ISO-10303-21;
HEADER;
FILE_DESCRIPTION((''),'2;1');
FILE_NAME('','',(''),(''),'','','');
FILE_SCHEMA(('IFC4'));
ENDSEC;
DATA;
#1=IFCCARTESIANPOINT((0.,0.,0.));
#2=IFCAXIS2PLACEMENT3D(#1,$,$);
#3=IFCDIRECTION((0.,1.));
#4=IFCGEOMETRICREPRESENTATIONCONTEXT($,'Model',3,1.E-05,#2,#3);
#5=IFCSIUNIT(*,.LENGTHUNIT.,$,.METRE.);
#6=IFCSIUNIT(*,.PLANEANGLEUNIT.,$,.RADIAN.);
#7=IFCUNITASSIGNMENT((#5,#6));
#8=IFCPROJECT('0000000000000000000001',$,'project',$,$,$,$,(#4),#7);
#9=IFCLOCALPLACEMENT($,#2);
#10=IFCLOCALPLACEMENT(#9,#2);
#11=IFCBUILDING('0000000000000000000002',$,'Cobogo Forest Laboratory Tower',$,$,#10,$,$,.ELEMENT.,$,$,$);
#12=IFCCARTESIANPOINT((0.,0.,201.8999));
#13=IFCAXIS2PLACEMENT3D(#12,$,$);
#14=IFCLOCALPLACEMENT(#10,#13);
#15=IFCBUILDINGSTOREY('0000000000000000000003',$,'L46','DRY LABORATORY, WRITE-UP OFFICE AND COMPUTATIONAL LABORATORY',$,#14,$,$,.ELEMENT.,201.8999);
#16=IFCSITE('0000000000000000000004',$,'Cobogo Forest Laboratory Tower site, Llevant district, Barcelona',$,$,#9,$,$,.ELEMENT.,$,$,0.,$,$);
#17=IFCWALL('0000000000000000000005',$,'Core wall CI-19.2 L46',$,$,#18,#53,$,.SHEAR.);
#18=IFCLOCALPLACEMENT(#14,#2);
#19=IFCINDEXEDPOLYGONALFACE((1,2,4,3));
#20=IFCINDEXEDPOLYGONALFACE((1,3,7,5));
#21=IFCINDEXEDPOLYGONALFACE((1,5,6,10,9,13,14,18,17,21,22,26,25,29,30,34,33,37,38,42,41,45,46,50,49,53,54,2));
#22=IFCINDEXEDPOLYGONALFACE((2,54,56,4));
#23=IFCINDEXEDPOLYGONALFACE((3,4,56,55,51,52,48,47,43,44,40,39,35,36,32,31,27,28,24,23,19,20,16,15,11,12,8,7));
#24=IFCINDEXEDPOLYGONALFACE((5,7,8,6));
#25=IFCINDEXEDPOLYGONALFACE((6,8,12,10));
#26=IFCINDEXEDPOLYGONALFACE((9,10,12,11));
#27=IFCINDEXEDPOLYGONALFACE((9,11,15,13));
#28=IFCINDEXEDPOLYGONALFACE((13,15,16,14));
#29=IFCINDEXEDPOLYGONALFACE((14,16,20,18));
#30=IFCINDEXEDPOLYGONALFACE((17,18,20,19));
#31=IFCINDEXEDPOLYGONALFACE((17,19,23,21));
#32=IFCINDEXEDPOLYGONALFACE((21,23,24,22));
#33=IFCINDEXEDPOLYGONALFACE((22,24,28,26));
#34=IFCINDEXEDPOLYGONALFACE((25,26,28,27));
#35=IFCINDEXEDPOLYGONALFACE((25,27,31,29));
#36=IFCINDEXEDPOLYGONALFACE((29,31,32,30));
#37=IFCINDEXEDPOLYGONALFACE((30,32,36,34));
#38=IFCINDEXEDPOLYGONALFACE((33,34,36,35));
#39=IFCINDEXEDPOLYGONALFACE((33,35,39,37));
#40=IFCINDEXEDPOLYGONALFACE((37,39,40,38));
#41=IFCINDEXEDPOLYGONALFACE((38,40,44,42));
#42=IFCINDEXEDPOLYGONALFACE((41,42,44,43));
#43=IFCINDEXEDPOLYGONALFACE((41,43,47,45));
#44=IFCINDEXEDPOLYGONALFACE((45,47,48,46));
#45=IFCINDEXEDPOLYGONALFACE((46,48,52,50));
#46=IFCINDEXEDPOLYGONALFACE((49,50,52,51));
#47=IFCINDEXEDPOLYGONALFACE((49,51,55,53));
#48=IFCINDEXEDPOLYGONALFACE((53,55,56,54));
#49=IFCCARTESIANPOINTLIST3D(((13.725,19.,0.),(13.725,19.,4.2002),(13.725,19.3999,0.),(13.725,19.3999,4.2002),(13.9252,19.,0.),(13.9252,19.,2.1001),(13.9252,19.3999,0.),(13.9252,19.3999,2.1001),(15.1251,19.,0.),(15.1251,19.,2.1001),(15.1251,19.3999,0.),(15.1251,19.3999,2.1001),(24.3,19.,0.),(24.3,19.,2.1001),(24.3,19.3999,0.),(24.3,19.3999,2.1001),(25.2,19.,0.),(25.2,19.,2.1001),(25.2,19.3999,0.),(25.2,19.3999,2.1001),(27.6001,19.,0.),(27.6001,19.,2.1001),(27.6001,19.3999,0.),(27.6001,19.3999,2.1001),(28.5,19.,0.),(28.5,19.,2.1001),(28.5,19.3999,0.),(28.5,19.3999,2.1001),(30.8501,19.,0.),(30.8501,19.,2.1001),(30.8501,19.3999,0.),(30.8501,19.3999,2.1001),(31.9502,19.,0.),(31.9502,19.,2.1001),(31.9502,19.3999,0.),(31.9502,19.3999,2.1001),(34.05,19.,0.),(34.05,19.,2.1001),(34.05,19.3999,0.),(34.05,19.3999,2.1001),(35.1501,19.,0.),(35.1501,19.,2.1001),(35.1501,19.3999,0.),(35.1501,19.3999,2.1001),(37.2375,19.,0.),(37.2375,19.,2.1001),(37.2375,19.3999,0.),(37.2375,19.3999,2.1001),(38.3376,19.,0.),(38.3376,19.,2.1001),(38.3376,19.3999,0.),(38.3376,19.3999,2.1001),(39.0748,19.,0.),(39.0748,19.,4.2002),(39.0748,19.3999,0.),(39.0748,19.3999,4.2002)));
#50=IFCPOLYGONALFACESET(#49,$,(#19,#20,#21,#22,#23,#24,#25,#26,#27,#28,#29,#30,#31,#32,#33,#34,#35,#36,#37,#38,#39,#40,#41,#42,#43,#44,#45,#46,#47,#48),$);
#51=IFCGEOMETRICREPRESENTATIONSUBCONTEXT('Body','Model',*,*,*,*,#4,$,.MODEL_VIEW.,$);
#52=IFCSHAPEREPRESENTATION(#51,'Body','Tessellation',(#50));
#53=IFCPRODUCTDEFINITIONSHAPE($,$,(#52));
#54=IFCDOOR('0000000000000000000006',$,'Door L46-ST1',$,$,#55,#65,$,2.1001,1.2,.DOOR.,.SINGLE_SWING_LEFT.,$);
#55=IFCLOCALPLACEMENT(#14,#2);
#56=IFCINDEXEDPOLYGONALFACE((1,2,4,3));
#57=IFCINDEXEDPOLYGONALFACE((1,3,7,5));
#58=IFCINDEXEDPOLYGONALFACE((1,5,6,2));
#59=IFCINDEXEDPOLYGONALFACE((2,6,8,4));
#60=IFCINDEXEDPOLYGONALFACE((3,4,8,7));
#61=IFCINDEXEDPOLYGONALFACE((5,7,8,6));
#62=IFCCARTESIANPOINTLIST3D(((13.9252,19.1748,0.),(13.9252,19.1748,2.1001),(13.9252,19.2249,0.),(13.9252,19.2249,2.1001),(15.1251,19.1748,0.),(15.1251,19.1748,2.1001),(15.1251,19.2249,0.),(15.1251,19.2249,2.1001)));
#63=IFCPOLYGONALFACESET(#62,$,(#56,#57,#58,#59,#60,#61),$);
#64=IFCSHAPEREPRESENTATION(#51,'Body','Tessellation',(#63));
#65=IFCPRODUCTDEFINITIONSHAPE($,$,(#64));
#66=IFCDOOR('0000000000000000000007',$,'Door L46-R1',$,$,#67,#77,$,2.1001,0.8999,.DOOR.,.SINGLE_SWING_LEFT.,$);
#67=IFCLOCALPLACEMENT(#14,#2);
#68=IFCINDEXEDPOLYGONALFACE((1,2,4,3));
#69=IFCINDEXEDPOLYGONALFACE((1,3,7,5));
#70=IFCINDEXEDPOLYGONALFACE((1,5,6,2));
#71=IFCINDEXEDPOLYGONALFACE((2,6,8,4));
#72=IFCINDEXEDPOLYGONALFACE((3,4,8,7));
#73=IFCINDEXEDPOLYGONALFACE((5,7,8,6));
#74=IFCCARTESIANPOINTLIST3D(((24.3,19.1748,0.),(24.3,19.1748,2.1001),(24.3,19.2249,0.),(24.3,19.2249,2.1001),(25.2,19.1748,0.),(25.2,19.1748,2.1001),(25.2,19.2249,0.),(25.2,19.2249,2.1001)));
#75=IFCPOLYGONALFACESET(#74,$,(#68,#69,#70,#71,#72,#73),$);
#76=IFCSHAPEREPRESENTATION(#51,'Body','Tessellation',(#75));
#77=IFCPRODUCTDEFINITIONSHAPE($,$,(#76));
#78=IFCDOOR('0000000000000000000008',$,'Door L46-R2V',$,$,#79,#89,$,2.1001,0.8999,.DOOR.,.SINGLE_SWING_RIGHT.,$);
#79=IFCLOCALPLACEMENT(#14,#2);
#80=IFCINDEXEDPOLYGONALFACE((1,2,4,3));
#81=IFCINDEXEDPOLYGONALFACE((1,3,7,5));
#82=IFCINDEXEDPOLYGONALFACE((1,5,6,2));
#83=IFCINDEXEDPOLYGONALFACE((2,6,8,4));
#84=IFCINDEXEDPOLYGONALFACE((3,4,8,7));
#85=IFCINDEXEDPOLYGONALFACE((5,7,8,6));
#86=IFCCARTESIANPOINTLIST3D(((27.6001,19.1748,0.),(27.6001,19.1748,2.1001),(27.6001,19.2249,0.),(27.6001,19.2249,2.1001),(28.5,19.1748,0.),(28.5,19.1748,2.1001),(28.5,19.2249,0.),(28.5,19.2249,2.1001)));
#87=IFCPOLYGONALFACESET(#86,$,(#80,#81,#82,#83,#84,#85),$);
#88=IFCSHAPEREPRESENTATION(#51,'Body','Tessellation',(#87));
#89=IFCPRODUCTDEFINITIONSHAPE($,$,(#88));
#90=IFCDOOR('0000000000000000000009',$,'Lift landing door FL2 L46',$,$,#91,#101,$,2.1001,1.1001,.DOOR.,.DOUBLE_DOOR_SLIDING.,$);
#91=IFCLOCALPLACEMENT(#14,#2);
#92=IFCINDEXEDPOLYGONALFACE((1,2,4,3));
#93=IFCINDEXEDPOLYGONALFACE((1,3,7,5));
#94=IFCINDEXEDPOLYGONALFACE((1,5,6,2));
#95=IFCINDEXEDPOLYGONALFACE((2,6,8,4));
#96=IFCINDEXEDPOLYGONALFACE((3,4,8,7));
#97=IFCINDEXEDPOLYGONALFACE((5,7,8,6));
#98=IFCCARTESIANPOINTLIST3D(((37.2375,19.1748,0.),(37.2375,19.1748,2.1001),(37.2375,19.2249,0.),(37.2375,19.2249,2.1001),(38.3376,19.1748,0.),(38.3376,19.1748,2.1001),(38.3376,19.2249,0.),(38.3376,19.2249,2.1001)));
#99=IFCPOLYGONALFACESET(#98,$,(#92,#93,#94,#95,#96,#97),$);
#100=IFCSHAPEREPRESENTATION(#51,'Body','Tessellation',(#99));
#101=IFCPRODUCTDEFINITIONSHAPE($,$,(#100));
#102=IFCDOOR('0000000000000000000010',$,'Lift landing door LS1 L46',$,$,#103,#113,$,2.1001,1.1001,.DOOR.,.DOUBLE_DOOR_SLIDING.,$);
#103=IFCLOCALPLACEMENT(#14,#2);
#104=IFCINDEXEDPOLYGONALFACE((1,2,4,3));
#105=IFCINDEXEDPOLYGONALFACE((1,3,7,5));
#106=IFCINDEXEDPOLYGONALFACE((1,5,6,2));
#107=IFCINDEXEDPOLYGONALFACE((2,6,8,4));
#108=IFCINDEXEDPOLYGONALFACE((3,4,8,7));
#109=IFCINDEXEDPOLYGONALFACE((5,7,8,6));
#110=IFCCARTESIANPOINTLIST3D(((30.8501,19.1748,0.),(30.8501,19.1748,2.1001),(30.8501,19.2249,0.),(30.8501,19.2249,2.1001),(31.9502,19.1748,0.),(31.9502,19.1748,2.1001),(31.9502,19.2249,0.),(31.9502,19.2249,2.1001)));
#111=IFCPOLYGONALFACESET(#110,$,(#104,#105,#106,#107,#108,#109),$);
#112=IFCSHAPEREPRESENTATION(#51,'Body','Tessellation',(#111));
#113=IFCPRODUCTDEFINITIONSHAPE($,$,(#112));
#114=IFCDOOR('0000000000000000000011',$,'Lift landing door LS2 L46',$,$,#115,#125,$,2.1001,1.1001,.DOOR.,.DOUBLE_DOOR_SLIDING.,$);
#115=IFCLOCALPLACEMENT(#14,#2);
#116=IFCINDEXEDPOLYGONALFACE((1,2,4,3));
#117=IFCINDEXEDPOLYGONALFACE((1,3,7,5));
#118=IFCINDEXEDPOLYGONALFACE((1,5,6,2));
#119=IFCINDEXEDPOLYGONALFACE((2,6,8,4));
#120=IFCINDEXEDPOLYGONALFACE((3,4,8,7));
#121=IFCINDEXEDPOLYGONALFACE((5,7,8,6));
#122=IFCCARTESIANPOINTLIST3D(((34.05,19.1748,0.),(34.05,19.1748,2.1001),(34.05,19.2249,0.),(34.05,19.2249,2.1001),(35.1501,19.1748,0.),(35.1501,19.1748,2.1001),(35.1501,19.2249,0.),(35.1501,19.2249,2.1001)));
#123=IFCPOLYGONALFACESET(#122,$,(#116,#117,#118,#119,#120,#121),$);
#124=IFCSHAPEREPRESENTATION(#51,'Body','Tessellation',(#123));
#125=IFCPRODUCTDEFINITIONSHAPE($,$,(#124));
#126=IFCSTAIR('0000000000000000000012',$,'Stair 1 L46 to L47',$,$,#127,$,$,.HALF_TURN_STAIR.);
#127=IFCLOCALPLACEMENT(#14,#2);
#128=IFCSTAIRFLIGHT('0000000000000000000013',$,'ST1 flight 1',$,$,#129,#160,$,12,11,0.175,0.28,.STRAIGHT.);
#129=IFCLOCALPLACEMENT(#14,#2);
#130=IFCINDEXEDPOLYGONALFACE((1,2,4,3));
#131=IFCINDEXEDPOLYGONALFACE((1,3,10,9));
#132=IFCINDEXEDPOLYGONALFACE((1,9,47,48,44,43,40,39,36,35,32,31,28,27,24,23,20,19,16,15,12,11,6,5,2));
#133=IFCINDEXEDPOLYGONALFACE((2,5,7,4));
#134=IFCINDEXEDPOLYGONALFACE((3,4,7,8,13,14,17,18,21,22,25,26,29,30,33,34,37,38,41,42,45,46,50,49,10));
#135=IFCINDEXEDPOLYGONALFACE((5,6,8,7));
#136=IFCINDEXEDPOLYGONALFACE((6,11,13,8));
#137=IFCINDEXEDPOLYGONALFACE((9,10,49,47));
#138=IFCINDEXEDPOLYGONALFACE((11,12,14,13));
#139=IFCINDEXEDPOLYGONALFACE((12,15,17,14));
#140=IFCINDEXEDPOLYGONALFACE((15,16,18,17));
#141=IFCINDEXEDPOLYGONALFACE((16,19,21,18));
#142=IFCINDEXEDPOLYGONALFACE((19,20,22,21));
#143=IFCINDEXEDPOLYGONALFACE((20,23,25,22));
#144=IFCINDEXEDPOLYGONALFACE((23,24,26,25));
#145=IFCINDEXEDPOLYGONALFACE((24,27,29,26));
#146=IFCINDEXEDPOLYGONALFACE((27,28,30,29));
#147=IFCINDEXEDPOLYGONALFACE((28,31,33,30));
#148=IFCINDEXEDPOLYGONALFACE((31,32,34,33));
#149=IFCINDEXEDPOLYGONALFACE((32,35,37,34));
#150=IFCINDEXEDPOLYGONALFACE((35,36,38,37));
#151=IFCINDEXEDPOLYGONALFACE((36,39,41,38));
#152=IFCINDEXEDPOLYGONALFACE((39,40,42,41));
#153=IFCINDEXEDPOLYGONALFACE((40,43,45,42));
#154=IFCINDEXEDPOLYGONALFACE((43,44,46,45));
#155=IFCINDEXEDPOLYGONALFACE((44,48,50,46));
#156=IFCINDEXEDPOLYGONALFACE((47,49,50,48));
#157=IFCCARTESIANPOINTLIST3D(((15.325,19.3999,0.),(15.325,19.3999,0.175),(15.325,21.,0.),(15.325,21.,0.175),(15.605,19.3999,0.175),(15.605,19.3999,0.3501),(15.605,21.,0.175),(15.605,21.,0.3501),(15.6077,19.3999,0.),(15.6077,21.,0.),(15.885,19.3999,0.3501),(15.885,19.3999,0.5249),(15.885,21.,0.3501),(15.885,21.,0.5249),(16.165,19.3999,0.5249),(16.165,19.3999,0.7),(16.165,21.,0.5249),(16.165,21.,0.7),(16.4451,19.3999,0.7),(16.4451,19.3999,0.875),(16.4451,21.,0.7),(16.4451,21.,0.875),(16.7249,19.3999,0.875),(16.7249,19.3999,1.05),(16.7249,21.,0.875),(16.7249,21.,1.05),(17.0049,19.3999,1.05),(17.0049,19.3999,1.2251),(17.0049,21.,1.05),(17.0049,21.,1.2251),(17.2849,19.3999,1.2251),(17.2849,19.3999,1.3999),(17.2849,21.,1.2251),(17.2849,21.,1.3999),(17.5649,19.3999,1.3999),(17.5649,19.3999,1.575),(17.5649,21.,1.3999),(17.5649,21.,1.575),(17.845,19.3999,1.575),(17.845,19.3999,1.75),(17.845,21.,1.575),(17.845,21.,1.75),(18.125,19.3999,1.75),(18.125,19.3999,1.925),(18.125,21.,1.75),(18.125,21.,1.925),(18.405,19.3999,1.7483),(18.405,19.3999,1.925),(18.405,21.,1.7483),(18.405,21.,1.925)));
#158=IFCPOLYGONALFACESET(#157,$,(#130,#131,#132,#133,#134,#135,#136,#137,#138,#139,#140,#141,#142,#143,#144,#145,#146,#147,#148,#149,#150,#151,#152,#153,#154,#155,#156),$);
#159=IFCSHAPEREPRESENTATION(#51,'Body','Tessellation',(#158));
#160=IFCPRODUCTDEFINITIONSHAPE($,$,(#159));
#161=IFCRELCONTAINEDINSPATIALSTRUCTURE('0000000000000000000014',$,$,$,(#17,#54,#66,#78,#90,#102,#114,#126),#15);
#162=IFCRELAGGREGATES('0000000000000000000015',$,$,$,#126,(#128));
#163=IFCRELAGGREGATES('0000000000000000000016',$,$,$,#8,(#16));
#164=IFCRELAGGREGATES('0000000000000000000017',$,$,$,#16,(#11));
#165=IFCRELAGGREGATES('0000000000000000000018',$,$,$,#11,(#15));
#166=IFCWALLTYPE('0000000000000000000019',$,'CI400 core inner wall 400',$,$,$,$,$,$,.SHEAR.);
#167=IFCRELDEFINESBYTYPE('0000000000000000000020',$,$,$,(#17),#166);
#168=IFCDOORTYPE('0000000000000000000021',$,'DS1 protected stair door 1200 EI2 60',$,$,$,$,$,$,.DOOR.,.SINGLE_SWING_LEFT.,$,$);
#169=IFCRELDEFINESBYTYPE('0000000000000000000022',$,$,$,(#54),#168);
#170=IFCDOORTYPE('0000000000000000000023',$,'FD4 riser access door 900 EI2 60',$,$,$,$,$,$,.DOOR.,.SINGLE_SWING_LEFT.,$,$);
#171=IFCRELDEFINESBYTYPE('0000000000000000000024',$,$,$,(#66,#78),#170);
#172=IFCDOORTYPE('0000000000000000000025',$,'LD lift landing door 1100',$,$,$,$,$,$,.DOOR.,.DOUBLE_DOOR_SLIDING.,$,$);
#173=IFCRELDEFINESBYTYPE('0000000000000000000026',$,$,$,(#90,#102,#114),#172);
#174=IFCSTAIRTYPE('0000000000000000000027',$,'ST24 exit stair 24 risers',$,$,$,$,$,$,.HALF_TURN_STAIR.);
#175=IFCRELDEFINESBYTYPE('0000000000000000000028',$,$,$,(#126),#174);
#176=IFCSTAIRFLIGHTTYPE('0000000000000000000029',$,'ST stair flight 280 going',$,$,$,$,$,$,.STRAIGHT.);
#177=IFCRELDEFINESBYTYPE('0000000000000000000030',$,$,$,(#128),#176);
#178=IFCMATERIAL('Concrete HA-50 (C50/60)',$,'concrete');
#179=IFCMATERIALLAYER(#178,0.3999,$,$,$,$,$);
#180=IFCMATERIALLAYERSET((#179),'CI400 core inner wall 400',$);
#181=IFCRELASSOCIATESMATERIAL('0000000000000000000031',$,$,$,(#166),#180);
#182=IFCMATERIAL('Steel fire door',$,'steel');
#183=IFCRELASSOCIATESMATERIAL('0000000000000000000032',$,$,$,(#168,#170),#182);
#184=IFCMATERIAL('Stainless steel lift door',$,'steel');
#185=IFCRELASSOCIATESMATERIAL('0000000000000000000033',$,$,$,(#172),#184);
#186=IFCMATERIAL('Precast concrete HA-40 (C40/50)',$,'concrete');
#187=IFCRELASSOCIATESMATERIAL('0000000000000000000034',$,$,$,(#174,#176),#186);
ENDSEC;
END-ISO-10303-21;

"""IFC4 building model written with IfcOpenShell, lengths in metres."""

from ifc_helpers import new_model, si_unit, direction, frame, frame_2d, origin, place, context, subcontext, project, spatial, polyline, rectangle, outline, extrude, material, layer, layer_set, type_object, element, fill, aggregate, save


model = new_model("IFC4")

# Units and contexts
model_context = context("Model", 3, precision=1e-05, world=origin(), true_north=direction((0.0, 1.0)))
body_context = subcontext(model_context, "Body", "Model", "MODEL_VIEW")
ifc_project = project(units=[si_unit("LENGTHUNIT", "METRE"), si_unit("PLANEANGLEUNIT", "RADIAN")], contexts=[model_context])

# Site, building, storey
site_placement = place(None, origin())
site = spatial("IfcSite", under=ifc_project, at=site_placement, Name="Cobogo Forest Laboratory Tower site, Llevant district, Barcelona", CompositionType="ELEMENT", RefElevation=0.0)
building_placement = place(site_placement, origin())
building = spatial("IfcBuilding", under=site, at=building_placement, Name="Cobogo Forest Laboratory Tower", CompositionType="ELEMENT")
storey_placement = place(building_placement, frame((0.0, 0.0, 201.8999)))
storey = spatial("IfcBuildingStorey", under=building, at=storey_placement, Name="L46", Description="DRY LABORATORY, WRITE-UP OFFICE AND COMPUTATIONAL LABORATORY", CompositionType="ELEMENT", Elevation=201.8999)

# Wall, openings, doors
ifc_material_1 = material(Name="Concrete HA-50 (C50/60)", Category="concrete")
ifc_layer = layer(ifc_material_1, 0.3999)
ifc_layer_set = layer_set([ifc_layer], Name="CI400 core inner wall 400")
wall_type = type_object("IfcWallType", Name="CI400 core inner wall 400", PredefinedType="SHEAR", material=ifc_layer_set)
ifc_material_2 = material(Name="Steel fire door", Category="steel")
wall_1_placement = place(storey_placement, frame((13.7251, 19.2, 0.0), z_axis=(0.0, 0.0, 1.0), x_axis=(1.0, 0.0, 0.0)))
wall_1 = element("IfcWall", 1, at=wall_1_placement, inside=storey, type_object=wall_type, Name="Core wall CI-19.2 L46", PredefinedType="SHEAR", context=body_context, shape_type="SweptSolid", body=[
    extrude(rectangle(XDim=25.3499, YDim=0.3999, at=frame_2d((12.6748, 0.0))), origin(), (0.0, 0.0, 1.0), 4.2002),
])
opening_1_placement = place(wall_1_placement, frame((10.575, 0.0, 0.0)))
opening_1 = element("IfcOpeningElement", 2, at=opening_1_placement, cuts=wall_1, PredefinedType="OPENING", context=body_context, shape_type="SweptSolid", body=[
    extrude(rectangle(XDim=0.8999, YDim=2.1001, at=frame_2d((0.45, 1.05))), frame((0.0, 0.21, 0.0), z_axis=(0.0, -1.0, 0.0), x_axis=(1.0, 0.0, 0.0)), (0.0, 0.0, 1.0), 0.4199),
])
opening_2_placement = place(wall_1_placement, frame((13.875, 0.0, 0.0)))
opening_2 = element("IfcOpeningElement", 3, at=opening_2_placement, cuts=wall_1, PredefinedType="OPENING", context=body_context, shape_type="SweptSolid", body=[
    extrude(rectangle(XDim=0.8999, YDim=2.1001, at=frame_2d((0.45, 1.05))), frame((0.0, 0.21, 0.0), z_axis=(0.0, -1.0, 0.0), x_axis=(1.0, 0.0, 0.0)), (0.0, 0.0, 1.0), 0.4199),
])
opening_3_placement = place(wall_1_placement, frame((0.2, 0.0, 0.0)))
opening_3 = element("IfcOpeningElement", 4, at=opening_3_placement, cuts=wall_1, PredefinedType="OPENING", context=body_context, shape_type="SweptSolid", body=[
    extrude(rectangle(XDim=1.2, YDim=2.1001, at=frame_2d((0.6001, 1.05))), frame((0.0, 0.21, 0.0), z_axis=(0.0, -1.0, 0.0), x_axis=(1.0, 0.0, 0.0)), (0.0, 0.0, 1.0), 0.4199),
])
opening_4_placement = place(wall_1_placement, frame((23.5125, 0.0, 0.0)))
opening_4 = element("IfcOpeningElement", 5, at=opening_4_placement, cuts=wall_1, PredefinedType="OPENING", context=body_context, shape_type="SweptSolid", body=[
    extrude(rectangle(XDim=1.1001, YDim=2.1001, at=frame_2d((0.55, 1.05))), frame((0.0, 0.21, 0.0), z_axis=(0.0, -1.0, 0.0), x_axis=(1.0, 0.0, 0.0)), (0.0, 0.0, 1.0), 0.4199),
])
opening_5_placement = place(wall_1_placement, frame((17.125, 0.0, 0.0)))
opening_5 = element("IfcOpeningElement", 6, at=opening_5_placement, cuts=wall_1, PredefinedType="OPENING", context=body_context, shape_type="SweptSolid", body=[
    extrude(rectangle(XDim=1.1001, YDim=2.1001, at=frame_2d((0.55, 1.05))), frame((0.0, 0.21, 0.0), z_axis=(0.0, -1.0, 0.0), x_axis=(1.0, 0.0, 0.0)), (0.0, 0.0, 1.0), 0.4199),
])
opening_6_placement = place(wall_1_placement, frame((20.325, 0.0, 0.0)))
opening_6 = element("IfcOpeningElement", 7, at=opening_6_placement, cuts=wall_1, PredefinedType="OPENING", context=body_context, shape_type="SweptSolid", body=[
    extrude(rectangle(XDim=1.1001, YDim=2.1001, at=frame_2d((0.55, 1.05))), frame((0.0, 0.21, 0.0), z_axis=(0.0, -1.0, 0.0), x_axis=(1.0, 0.0, 0.0)), (0.0, 0.0, 1.0), 0.4199),
])
door_type_1 = type_object("IfcDoorType", Name="DS1 protected stair door 1200 EI2 60", OperationType="SINGLE_SWING_LEFT", PredefinedType="DOOR", material=ifc_material_2)
door_1_placement = place(opening_3_placement, origin())
door_1 = element("IfcDoor", 8, at=door_1_placement, inside=storey, type_object=door_type_1, Name="Door L46-ST1", OperationType="SINGLE_SWING_LEFT", OverallHeight=2.1001, OverallWidth=1.2, PredefinedType="DOOR", context=body_context, shape_type="SweptSolid", body=[
    extrude(rectangle(XDim=1.2, YDim=2.1001, at=frame_2d((0.6001, 1.05))), frame((0.0, 0.0249, 0.0), z_axis=(0.0, -1.0, 0.0), x_axis=(1.0, 0.0, 0.0)), (0.0, 0.0, 1.0), 0.05),
])
fill(opening_3, door_1)
door_type_2 = type_object("IfcDoorType", Name="FD4 riser access door 900 EI2 60", OperationType="SINGLE_SWING_LEFT", PredefinedType="DOOR", material=ifc_material_2)
door_2_placement = place(opening_1_placement, origin())
door_2 = element("IfcDoor", 9, at=door_2_placement, inside=storey, type_object=door_type_2, Name="Door L46-R1", OperationType="SINGLE_SWING_LEFT", OverallHeight=2.1001, OverallWidth=0.8999, PredefinedType="DOOR", context=body_context, shape_type="SweptSolid", body=[
    extrude(rectangle(XDim=0.8999, YDim=2.1001, at=frame_2d((0.45, 1.05))), frame((0.0, 0.0249, 0.0), z_axis=(0.0, -1.0, 0.0), x_axis=(1.0, 0.0, 0.0)), (0.0, 0.0, 1.0), 0.05),
])
fill(opening_1, door_2)
door_3_placement = place(opening_2_placement, origin())
door_3 = element("IfcDoor", 10, at=door_3_placement, inside=storey, type_object=door_type_2, Name="Door L46-R2V", OperationType="SINGLE_SWING_RIGHT", OverallHeight=2.1001, OverallWidth=0.8999, PredefinedType="DOOR", context=body_context, shape_type="SweptSolid", body=[
    extrude(rectangle(XDim=0.8999, YDim=2.1001, at=frame_2d((0.45, 1.05))), frame((0.0, 0.0249, 0.0), z_axis=(0.0, -1.0, 0.0), x_axis=(1.0, 0.0, 0.0)), (0.0, 0.0, 1.0), 0.05),
])
fill(opening_2, door_3)
ifc_material_3 = material(Name="Stainless steel lift door", Category="steel")
door_type_3 = type_object("IfcDoorType", Name="LD lift landing door 1100", OperationType="DOUBLE_DOOR_SLIDING", PredefinedType="DOOR", material=ifc_material_3)
door_4_placement = place(opening_4_placement, origin())
door_4 = element("IfcDoor", 11, at=door_4_placement, inside=storey, type_object=door_type_3, Name="Lift landing door FL2 L46", OperationType="DOUBLE_DOOR_SLIDING", OverallHeight=2.1001, OverallWidth=1.1001, PredefinedType="DOOR", context=body_context, shape_type="SweptSolid", body=[
    extrude(rectangle(XDim=1.1001, YDim=2.1001, at=frame_2d((0.55, 1.05))), frame((0.0, 0.0249, 0.0), z_axis=(0.0, -1.0, 0.0), x_axis=(1.0, 0.0, 0.0)), (0.0, 0.0, 1.0), 0.05),
])
fill(opening_4, door_4)
door_5_placement = place(opening_5_placement, origin())
door_5 = element("IfcDoor", 12, at=door_5_placement, inside=storey, type_object=door_type_3, Name="Lift landing door LS1 L46", OperationType="DOUBLE_DOOR_SLIDING", OverallHeight=2.1001, OverallWidth=1.1001, PredefinedType="DOOR", context=body_context, shape_type="SweptSolid", body=[
    extrude(rectangle(XDim=1.1001, YDim=2.1001, at=frame_2d((0.55, 1.05))), frame((0.0, 0.0249, 0.0), z_axis=(0.0, -1.0, 0.0), x_axis=(1.0, 0.0, 0.0)), (0.0, 0.0, 1.0), 0.05),
])
fill(opening_5, door_5)
door_6_placement = place(opening_6_placement, origin())
door_6 = element("IfcDoor", 13, at=door_6_placement, inside=storey, type_object=door_type_3, Name="Lift landing door LS2 L46", OperationType="DOUBLE_DOOR_SLIDING", OverallHeight=2.1001, OverallWidth=1.1001, PredefinedType="DOOR", context=body_context, shape_type="SweptSolid", body=[
    extrude(rectangle(XDim=1.1001, YDim=2.1001, at=frame_2d((0.55, 1.05))), frame((0.0, 0.0249, 0.0), z_axis=(0.0, -1.0, 0.0), x_axis=(1.0, 0.0, 0.0)), (0.0, 0.0, 1.0), 0.05),
])
fill(opening_6, door_6)

# Stair, stair flight
ifc_material_4 = material(Name="Precast concrete HA-40 (C40/50)", Category="concrete")
stair_type = type_object("IfcStairType", Name="ST24 exit stair 24 risers", PredefinedType="HALF_TURN_STAIR", material=ifc_material_4)
stair_placement = place(storey_placement, origin())
stair = element("IfcStair", 14, at=stair_placement, inside=storey, type_object=stair_type, Name="Stair 1 L46 to L47", PredefinedType="HALF_TURN_STAIR")
stair_flight_type = type_object("IfcStairFlightType", Name="ST stair flight 280 going", PredefinedType="STRAIGHT", material=ifc_material_4)
stair_flight_1_placement = place(storey_placement, frame((15.325, 20.2, 0.0), z_axis=(0.0, 0.0, 1.0), x_axis=(1.0, 0.0, 0.0)))
stair_flight_1 = element("IfcStairFlight", 15, at=stair_flight_1_placement, type_object=stair_flight_type, Name="ST1 flight 1", NumberOfRisers=12, NumberOfTreads=11, PredefinedType="STRAIGHT", RiserHeight=0.175, TreadLength=0.28, context=body_context, shape_type="SweptSolid", body=[
    extrude(outline(polyline([(0.0, 0.0), (0.0, 0.175), (0.28, 0.175), (0.28, 0.3501), (0.5601, 0.3501), (0.5601, 0.5249), (0.8401, 0.5249), (0.8401, 0.7), (1.1201, 0.7), (1.1201, 0.875), (1.3999, 0.875), (1.3999, 1.05), (1.6799, 1.05), (1.6799, 1.2251), (1.96, 1.2251), (1.96, 1.3999), (2.24, 1.3999), (2.24, 1.575), (2.52, 1.575), (2.52, 1.75), (2.8, 1.75), (2.8, 1.925), (3.0801, 1.925), (3.0801, 2.1001), (3.0801, 1.7483), (0.2827, 0.0), (0.0, 0.0)])), frame((0.0, 0.8, 0.0), z_axis=(0.0, -1.0, 0.0), x_axis=(1.0, 0.0, 0.0)), (0.0, 0.0, 1.0), 1.6001),
])
aggregate(stair, [stair_flight_1])

save(model, "model.ifc")
